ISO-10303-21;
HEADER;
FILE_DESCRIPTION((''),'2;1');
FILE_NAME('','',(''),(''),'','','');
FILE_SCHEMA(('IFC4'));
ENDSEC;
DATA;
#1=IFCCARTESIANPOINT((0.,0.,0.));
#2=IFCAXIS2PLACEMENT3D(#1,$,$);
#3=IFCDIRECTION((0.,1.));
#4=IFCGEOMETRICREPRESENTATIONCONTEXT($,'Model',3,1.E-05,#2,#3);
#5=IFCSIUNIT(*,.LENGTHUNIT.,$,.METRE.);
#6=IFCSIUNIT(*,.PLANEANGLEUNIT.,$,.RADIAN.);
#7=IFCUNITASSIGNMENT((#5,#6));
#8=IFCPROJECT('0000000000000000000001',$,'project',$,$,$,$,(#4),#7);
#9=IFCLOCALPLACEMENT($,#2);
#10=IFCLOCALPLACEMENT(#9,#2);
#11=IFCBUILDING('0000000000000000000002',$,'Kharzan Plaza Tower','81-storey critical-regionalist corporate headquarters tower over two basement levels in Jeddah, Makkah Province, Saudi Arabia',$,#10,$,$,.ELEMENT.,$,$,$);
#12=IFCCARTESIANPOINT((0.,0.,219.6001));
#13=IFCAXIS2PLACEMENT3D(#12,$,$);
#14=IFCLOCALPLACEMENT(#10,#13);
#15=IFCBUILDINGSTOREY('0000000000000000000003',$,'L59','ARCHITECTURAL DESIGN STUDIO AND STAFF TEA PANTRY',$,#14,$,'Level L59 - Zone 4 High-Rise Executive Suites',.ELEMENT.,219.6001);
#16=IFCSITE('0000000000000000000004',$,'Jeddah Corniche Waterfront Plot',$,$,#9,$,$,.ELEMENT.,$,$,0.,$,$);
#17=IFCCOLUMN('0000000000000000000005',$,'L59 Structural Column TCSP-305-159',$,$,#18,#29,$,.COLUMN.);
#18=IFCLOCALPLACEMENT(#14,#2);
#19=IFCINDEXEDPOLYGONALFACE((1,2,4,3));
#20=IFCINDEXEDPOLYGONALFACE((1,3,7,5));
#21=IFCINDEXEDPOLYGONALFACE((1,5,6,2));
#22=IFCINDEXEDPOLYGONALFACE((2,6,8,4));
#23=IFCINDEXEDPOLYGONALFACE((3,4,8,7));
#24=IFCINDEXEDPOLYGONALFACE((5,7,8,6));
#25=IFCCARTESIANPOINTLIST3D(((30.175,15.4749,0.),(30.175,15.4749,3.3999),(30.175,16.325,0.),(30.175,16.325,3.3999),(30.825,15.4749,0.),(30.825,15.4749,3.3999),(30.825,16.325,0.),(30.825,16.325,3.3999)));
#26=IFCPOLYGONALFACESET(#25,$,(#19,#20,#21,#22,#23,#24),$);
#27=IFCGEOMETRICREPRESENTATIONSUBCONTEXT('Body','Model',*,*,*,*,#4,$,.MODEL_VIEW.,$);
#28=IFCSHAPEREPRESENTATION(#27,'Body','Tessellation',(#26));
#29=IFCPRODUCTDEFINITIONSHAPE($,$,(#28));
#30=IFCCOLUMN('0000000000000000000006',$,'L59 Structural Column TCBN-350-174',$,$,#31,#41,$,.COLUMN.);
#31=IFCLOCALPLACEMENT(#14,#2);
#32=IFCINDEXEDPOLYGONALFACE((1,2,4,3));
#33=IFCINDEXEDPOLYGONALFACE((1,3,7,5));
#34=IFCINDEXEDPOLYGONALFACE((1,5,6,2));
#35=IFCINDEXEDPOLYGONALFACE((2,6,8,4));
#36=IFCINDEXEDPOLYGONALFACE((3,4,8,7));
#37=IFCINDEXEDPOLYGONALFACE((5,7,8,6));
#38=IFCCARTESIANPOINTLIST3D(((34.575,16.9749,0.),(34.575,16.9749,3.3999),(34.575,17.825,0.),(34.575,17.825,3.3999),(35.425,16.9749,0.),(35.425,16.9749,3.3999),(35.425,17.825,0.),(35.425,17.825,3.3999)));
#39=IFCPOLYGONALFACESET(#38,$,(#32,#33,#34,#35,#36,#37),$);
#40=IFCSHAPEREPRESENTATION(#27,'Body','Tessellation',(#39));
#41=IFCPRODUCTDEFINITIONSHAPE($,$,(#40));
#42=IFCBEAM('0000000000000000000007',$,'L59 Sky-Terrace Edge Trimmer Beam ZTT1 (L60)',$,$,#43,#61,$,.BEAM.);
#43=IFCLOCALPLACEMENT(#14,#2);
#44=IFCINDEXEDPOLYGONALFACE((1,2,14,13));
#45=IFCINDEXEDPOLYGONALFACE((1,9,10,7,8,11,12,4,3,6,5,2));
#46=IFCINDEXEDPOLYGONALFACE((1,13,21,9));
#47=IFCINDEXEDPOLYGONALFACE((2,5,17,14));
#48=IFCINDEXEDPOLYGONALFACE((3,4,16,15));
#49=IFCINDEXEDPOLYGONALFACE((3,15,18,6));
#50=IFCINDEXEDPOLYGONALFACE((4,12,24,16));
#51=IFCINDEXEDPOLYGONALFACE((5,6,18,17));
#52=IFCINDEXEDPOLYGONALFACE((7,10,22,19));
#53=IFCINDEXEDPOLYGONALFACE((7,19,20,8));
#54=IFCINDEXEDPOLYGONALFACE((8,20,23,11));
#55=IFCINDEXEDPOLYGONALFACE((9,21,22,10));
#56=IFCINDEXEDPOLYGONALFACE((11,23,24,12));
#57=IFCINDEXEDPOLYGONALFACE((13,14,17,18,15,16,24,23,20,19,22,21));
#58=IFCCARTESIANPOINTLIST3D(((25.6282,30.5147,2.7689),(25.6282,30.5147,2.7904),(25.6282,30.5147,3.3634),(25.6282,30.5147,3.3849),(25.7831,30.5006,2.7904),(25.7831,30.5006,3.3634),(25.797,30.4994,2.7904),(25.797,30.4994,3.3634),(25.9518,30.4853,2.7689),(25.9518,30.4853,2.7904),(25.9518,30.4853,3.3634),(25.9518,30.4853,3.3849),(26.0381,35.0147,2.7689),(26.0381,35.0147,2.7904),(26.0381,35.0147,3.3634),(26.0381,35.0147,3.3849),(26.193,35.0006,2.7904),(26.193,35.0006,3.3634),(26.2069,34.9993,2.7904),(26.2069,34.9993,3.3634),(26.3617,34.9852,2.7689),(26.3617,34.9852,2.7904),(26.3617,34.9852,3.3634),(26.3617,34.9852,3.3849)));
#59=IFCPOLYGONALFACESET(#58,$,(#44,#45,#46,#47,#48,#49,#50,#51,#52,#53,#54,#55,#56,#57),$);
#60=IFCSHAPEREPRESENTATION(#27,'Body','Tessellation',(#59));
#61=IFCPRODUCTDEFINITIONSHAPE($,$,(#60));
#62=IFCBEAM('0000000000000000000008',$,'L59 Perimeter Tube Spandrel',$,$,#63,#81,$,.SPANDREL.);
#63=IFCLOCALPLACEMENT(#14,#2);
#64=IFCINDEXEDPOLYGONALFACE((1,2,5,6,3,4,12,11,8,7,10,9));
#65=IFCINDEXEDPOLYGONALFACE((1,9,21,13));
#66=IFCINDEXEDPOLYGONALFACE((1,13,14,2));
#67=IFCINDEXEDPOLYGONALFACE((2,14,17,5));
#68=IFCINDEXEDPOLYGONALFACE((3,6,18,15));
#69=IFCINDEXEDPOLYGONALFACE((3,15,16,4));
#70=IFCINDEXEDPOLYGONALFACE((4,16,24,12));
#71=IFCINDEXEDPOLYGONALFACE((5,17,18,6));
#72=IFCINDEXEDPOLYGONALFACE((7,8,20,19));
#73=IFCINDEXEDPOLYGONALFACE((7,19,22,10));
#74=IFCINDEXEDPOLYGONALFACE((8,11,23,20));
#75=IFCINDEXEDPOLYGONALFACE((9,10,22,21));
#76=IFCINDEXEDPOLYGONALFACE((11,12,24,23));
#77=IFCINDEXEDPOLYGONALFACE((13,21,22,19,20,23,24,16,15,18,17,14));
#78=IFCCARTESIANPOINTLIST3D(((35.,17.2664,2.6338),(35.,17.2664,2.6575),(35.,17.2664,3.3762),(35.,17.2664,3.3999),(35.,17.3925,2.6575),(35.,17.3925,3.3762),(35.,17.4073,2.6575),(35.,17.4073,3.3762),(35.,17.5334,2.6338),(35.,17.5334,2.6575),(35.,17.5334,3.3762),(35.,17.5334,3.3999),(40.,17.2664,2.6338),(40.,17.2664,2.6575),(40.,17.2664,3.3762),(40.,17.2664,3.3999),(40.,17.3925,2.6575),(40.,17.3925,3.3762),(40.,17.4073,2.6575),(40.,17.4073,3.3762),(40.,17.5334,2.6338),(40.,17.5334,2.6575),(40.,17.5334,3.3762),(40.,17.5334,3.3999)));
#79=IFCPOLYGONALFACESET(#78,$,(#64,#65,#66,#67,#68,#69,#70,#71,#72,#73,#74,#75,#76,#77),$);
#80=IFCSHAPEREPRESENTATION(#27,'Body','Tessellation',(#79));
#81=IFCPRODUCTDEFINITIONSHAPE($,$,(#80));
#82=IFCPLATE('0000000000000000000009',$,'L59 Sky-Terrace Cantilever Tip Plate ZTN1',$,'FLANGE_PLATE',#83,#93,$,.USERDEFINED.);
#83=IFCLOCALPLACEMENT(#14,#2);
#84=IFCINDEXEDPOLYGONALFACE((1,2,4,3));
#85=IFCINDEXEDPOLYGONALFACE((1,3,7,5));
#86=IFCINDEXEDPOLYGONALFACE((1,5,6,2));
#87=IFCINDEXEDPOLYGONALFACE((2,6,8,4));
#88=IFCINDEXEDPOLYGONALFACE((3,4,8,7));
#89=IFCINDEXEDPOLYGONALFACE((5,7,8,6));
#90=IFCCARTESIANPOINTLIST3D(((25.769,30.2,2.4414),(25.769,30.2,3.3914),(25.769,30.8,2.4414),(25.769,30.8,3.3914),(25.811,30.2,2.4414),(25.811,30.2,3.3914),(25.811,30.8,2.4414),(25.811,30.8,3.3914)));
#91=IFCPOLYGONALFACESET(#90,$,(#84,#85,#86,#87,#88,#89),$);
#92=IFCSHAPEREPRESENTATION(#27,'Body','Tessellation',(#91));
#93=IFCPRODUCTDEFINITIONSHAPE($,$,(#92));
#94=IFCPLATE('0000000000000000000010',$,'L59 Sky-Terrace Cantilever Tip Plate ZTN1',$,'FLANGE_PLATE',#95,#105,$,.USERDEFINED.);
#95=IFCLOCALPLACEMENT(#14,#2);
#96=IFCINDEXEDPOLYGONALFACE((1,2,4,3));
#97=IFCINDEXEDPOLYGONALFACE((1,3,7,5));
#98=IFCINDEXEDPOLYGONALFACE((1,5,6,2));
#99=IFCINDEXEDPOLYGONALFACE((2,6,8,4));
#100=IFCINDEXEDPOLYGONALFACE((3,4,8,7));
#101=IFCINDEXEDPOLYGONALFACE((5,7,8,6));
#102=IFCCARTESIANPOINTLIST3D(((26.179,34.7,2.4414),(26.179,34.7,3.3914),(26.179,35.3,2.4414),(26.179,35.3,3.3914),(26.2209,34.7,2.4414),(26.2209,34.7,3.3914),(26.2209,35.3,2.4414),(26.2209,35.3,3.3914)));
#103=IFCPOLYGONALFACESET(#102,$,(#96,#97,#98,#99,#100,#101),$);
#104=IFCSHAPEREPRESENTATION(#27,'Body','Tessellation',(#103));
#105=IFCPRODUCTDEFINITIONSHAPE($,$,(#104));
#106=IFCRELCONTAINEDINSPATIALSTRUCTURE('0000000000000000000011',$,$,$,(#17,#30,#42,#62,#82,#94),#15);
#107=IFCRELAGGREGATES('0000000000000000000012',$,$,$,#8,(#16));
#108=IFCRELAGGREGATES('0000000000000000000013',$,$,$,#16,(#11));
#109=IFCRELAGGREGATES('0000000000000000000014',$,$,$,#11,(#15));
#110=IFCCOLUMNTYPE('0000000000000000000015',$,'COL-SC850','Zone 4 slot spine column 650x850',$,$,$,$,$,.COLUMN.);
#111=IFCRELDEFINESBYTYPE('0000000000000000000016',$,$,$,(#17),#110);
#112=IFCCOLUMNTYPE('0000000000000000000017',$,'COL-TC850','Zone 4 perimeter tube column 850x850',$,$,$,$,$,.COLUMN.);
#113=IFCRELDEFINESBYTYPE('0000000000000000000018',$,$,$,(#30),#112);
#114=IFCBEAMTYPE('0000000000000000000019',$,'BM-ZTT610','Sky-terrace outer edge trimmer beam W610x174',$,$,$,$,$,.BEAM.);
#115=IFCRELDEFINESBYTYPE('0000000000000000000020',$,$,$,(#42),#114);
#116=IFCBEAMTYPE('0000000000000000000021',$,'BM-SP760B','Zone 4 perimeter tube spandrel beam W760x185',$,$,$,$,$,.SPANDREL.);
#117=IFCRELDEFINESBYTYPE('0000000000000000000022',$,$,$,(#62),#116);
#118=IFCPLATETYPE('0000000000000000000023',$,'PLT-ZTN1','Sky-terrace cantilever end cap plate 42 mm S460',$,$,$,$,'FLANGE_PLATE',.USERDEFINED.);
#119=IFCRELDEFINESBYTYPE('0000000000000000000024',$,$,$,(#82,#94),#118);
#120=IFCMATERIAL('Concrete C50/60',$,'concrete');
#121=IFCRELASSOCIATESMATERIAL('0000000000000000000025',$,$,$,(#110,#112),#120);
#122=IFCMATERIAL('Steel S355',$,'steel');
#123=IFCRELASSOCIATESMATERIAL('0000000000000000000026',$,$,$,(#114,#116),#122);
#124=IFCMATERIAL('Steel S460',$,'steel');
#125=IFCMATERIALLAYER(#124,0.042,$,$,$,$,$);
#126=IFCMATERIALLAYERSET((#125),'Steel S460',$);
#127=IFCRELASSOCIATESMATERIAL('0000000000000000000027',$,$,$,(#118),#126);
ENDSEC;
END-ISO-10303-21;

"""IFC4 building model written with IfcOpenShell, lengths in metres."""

from ifc_helpers import new_model, si_unit, direction, frame, origin, origin_2d, place, context, subcontext, project, spatial, rectangle, i_section, extrude, source, transform, mapped, material, layer, layer_set, material_profile, profile_set, type_object, element, save


model = new_model("IFC4")

# Units and contexts
model_context = context("Model", 3, precision=1e-05, world=origin(), true_north=direction((0.0, 1.0)))
body_context = subcontext(model_context, "Body", "Model", "MODEL_VIEW")
ifc_project = project(units=[si_unit("LENGTHUNIT", "METRE"), si_unit("PLANEANGLEUNIT", "RADIAN")], contexts=[model_context])

# Site, building, storey
site_placement = place(None, origin())
site = spatial("IfcSite", under=ifc_project, at=site_placement, Name="Jeddah Corniche Waterfront Plot", CompositionType="ELEMENT", RefElevation=0.0)
building_placement = place(site_placement, origin())
building = spatial("IfcBuilding", under=site, at=building_placement, Name="Kharzan Plaza Tower", Description="81-storey critical-regionalist corporate headquarters tower over two basement levels in Jeddah, Makkah Province, Saudi Arabia", CompositionType="ELEMENT")
storey_placement = place(building_placement, frame((0.0, 0.0, 219.6001)))
storey = spatial("IfcBuildingStorey", under=building, at=storey_placement, Name="L59", Description="ARCHITECTURAL DESIGN STUDIO AND STAFF TEA PANTRY", LongName="Level L59 - Zone 4 High-Rise Executive Suites", CompositionType="ELEMENT", Elevation=219.6001)

# Columns
ifc_material_1 = material(Name="Concrete C50/60", Category="concrete")
ifc_material_profile_1 = material_profile(ifc_material_1, rectangle(XDim=0.6499, YDim=0.8501, at=origin_2d()), Name="RC-SC850x650")
ifc_profile_set_1 = profile_set([ifc_material_profile_1], Name="Concrete C50/60")
column_type_1 = type_object("IfcColumnType", Name="COL-SC850", Description="Zone 4 slot spine column 650x850", PredefinedType="COLUMN", material=ifc_profile_set_1)
shared_shape_1 = source(origin(), body_context, "Body", "SweptSolid", [
    extrude(rectangle(XDim=0.6499, YDim=0.8501, at=origin_2d()), origin(), (0.0, 0.0, 1.0), 3.3999),
])
column_1_placement = place(storey_placement, frame((30.5, 15.8999, 0.0), z_axis=(0.0, 0.0, 1.0), x_axis=(1.0, 0.0, 0.0)))
element("IfcColumn", 1, at=column_1_placement, inside=storey, type_object=column_type_1, Name="L59 Structural Column TCSP-305-159", PredefinedType="COLUMN", context=body_context, shape_type="MappedRepresentation", body=[
    mapped(shared_shape_1, transform((0.0, 0.0, 0.0), x_axis=(1.0, 0.0, 0.0), y_axis=(0.0, 1.0, 0.0), z_axis=(0.0, 0.0, 1.0))),
])
ifc_material_profile_2 = material_profile(ifc_material_1, rectangle(XDim=0.8501, YDim=0.8501, at=origin_2d()), Name="RC-TC850x850")
ifc_profile_set_2 = profile_set([ifc_material_profile_2], Name="Concrete C50/60")
column_type_2 = type_object("IfcColumnType", Name="COL-TC850", Description="Zone 4 perimeter tube column 850x850", PredefinedType="COLUMN", material=ifc_profile_set_2)
shared_shape_2 = source(origin(), body_context, "Body", "SweptSolid", [
    extrude(rectangle(XDim=0.8501, YDim=0.8501, at=origin_2d()), origin(), (0.0, 0.0, 1.0), 3.3999),
])
column_2_placement = place(storey_placement, frame((35.0, 17.3999, 0.0), z_axis=(0.0, 0.0, 1.0), x_axis=(1.0, 0.0, 0.0)))
element("IfcColumn", 2, at=column_2_placement, inside=storey, type_object=column_type_2, Name="L59 Structural Column TCBN-350-174", PredefinedType="COLUMN", context=body_context, shape_type="MappedRepresentation", body=[
    mapped(shared_shape_2, transform((0.0, 0.0, 0.0), x_axis=(1.0, 0.0, 0.0), y_axis=(0.0, 1.0, 0.0), z_axis=(0.0, 0.0, 1.0))),
])

# Beams
ifc_material_2 = material(Name="Steel S355", Category="steel")
ifc_material_profile_3 = material_profile(ifc_material_2, i_section(OverallWidth=0.325, OverallDepth=0.616, WebThickness=0.0139, FlangeThickness=0.0215, at=origin_2d()), Name="W610x174")
ifc_profile_set_3 = profile_set([ifc_material_profile_3], Name="Steel S355")
beam_type_1 = type_object("IfcBeamType", Name="BM-ZTT610", Description="Sky-terrace outer edge trimmer beam W610x174", PredefinedType="BEAM", material=ifc_profile_set_3)
shared_shape_3 = source(origin(), body_context, "Body", "SweptSolid", [
    extrude(i_section(OverallWidth=0.325, OverallDepth=0.616, WebThickness=0.0139, FlangeThickness=0.0215, at=origin_2d()), origin(), (0.0, 0.0, 1.0), 4.5186),
])
beam_1_placement = place(storey_placement, frame((25.79, 30.5, 3.0769), z_axis=(0.090716, 0.995877, 0.0), x_axis=(-0.995877, 0.090716, 0.0)))
element("IfcBeam", 3, at=beam_1_placement, inside=storey, type_object=beam_type_1, Name="L59 Sky-Terrace Edge Trimmer Beam ZTT1 (L60)", PredefinedType="BEAM", context=body_context, shape_type="MappedRepresentation", body=[
    mapped(shared_shape_3, transform((0.0, 0.0, 0.0), x_axis=(1.0, 0.0, 0.0), y_axis=(0.0, 1.0, 0.0), z_axis=(0.0, 0.0, 1.0))),
])
ifc_material_profile_4 = material_profile(ifc_material_2, i_section(OverallWidth=0.2671, OverallDepth=0.7661, WebThickness=0.0149, FlangeThickness=0.0237, at=origin_2d()), Name="W760x185")
ifc_profile_set_4 = profile_set([ifc_material_profile_4], Name="Steel S355")
beam_type_2 = type_object("IfcBeamType", Name="BM-SP760B", Description="Zone 4 perimeter tube spandrel beam W760x185", PredefinedType="SPANDREL", material=ifc_profile_set_4)
shared_shape_4 = source(origin(), body_context, "Body", "SweptSolid", [
    extrude(i_section(OverallWidth=0.2671, OverallDepth=0.7661, WebThickness=0.0149, FlangeThickness=0.0237, at=origin_2d()), origin(), (0.0, 0.0, 1.0), 5.0),
])
beam_2_placement = place(storey_placement, frame((35.0, 17.3999, 3.0168), z_axis=(1.0, 0.0, 0.0), x_axis=(0.0, 1.0, 0.0)))
element("IfcBeam", 4, at=beam_2_placement, inside=storey, type_object=beam_type_2, Name="L59 Perimeter Tube Spandrel", PredefinedType="SPANDREL", context=body_context, shape_type="MappedRepresentation", body=[
    mapped(shared_shape_4, transform((0.0, 0.0, 0.0), x_axis=(1.0, 0.0, 0.0), y_axis=(0.0, 1.0, 0.0), z_axis=(0.0, 0.0, 1.0))),
])

# Plates
ifc_material_3 = material(Name="Steel S460", Category="steel")
ifc_layer_1 = layer(ifc_material_3, 0.042)
ifc_layer_set_1 = layer_set([ifc_layer_1], Name="Steel S460")
plate_type = type_object("IfcPlateType", Name="PLT-ZTN1", Description="Sky-terrace cantilever end cap plate 42 mm S460", ElementType="FLANGE_PLATE", PredefinedType="USERDEFINED", material=ifc_layer_set_1)
shared_shape_5 = source(origin(), body_context, "Body", "SweptSolid", [
    extrude(rectangle(XDim=0.6001, YDim=0.042, at=origin_2d()), origin(), (0.0, 0.0, 1.0), 0.95),
])
for number, where, z_axis, x_axis, name in (
    (5, (25.79, 30.5, 2.4414), (0.0, 0.0, 1.0), (0.0, 1.0, 0.0), "L59 Sky-Terrace Cantilever Tip Plate ZTN1"),
    (6, (26.2, 35.0, 2.4414), (0.0, 0.0, 1.0), (0.0, 1.0, 0.0), "L59 Sky-Terrace Cantilever Tip Plate ZTN1"),
):
    element("IfcPlate", number, at=place(storey_placement, frame(where, z_axis=z_axis, x_axis=x_axis)), inside=storey, type_object=plate_type, Name=name, ObjectType="FLANGE_PLATE", PredefinedType="USERDEFINED", context=body_context, shape_type="MappedRepresentation", body=[
        mapped(shared_shape_5, transform((0.0, 0.0, 0.0), x_axis=(1.0, 0.0, 0.0), y_axis=(0.0, 1.0, 0.0), z_axis=(0.0, 0.0, 1.0))),
    ])

save(model, "model.ifc")
